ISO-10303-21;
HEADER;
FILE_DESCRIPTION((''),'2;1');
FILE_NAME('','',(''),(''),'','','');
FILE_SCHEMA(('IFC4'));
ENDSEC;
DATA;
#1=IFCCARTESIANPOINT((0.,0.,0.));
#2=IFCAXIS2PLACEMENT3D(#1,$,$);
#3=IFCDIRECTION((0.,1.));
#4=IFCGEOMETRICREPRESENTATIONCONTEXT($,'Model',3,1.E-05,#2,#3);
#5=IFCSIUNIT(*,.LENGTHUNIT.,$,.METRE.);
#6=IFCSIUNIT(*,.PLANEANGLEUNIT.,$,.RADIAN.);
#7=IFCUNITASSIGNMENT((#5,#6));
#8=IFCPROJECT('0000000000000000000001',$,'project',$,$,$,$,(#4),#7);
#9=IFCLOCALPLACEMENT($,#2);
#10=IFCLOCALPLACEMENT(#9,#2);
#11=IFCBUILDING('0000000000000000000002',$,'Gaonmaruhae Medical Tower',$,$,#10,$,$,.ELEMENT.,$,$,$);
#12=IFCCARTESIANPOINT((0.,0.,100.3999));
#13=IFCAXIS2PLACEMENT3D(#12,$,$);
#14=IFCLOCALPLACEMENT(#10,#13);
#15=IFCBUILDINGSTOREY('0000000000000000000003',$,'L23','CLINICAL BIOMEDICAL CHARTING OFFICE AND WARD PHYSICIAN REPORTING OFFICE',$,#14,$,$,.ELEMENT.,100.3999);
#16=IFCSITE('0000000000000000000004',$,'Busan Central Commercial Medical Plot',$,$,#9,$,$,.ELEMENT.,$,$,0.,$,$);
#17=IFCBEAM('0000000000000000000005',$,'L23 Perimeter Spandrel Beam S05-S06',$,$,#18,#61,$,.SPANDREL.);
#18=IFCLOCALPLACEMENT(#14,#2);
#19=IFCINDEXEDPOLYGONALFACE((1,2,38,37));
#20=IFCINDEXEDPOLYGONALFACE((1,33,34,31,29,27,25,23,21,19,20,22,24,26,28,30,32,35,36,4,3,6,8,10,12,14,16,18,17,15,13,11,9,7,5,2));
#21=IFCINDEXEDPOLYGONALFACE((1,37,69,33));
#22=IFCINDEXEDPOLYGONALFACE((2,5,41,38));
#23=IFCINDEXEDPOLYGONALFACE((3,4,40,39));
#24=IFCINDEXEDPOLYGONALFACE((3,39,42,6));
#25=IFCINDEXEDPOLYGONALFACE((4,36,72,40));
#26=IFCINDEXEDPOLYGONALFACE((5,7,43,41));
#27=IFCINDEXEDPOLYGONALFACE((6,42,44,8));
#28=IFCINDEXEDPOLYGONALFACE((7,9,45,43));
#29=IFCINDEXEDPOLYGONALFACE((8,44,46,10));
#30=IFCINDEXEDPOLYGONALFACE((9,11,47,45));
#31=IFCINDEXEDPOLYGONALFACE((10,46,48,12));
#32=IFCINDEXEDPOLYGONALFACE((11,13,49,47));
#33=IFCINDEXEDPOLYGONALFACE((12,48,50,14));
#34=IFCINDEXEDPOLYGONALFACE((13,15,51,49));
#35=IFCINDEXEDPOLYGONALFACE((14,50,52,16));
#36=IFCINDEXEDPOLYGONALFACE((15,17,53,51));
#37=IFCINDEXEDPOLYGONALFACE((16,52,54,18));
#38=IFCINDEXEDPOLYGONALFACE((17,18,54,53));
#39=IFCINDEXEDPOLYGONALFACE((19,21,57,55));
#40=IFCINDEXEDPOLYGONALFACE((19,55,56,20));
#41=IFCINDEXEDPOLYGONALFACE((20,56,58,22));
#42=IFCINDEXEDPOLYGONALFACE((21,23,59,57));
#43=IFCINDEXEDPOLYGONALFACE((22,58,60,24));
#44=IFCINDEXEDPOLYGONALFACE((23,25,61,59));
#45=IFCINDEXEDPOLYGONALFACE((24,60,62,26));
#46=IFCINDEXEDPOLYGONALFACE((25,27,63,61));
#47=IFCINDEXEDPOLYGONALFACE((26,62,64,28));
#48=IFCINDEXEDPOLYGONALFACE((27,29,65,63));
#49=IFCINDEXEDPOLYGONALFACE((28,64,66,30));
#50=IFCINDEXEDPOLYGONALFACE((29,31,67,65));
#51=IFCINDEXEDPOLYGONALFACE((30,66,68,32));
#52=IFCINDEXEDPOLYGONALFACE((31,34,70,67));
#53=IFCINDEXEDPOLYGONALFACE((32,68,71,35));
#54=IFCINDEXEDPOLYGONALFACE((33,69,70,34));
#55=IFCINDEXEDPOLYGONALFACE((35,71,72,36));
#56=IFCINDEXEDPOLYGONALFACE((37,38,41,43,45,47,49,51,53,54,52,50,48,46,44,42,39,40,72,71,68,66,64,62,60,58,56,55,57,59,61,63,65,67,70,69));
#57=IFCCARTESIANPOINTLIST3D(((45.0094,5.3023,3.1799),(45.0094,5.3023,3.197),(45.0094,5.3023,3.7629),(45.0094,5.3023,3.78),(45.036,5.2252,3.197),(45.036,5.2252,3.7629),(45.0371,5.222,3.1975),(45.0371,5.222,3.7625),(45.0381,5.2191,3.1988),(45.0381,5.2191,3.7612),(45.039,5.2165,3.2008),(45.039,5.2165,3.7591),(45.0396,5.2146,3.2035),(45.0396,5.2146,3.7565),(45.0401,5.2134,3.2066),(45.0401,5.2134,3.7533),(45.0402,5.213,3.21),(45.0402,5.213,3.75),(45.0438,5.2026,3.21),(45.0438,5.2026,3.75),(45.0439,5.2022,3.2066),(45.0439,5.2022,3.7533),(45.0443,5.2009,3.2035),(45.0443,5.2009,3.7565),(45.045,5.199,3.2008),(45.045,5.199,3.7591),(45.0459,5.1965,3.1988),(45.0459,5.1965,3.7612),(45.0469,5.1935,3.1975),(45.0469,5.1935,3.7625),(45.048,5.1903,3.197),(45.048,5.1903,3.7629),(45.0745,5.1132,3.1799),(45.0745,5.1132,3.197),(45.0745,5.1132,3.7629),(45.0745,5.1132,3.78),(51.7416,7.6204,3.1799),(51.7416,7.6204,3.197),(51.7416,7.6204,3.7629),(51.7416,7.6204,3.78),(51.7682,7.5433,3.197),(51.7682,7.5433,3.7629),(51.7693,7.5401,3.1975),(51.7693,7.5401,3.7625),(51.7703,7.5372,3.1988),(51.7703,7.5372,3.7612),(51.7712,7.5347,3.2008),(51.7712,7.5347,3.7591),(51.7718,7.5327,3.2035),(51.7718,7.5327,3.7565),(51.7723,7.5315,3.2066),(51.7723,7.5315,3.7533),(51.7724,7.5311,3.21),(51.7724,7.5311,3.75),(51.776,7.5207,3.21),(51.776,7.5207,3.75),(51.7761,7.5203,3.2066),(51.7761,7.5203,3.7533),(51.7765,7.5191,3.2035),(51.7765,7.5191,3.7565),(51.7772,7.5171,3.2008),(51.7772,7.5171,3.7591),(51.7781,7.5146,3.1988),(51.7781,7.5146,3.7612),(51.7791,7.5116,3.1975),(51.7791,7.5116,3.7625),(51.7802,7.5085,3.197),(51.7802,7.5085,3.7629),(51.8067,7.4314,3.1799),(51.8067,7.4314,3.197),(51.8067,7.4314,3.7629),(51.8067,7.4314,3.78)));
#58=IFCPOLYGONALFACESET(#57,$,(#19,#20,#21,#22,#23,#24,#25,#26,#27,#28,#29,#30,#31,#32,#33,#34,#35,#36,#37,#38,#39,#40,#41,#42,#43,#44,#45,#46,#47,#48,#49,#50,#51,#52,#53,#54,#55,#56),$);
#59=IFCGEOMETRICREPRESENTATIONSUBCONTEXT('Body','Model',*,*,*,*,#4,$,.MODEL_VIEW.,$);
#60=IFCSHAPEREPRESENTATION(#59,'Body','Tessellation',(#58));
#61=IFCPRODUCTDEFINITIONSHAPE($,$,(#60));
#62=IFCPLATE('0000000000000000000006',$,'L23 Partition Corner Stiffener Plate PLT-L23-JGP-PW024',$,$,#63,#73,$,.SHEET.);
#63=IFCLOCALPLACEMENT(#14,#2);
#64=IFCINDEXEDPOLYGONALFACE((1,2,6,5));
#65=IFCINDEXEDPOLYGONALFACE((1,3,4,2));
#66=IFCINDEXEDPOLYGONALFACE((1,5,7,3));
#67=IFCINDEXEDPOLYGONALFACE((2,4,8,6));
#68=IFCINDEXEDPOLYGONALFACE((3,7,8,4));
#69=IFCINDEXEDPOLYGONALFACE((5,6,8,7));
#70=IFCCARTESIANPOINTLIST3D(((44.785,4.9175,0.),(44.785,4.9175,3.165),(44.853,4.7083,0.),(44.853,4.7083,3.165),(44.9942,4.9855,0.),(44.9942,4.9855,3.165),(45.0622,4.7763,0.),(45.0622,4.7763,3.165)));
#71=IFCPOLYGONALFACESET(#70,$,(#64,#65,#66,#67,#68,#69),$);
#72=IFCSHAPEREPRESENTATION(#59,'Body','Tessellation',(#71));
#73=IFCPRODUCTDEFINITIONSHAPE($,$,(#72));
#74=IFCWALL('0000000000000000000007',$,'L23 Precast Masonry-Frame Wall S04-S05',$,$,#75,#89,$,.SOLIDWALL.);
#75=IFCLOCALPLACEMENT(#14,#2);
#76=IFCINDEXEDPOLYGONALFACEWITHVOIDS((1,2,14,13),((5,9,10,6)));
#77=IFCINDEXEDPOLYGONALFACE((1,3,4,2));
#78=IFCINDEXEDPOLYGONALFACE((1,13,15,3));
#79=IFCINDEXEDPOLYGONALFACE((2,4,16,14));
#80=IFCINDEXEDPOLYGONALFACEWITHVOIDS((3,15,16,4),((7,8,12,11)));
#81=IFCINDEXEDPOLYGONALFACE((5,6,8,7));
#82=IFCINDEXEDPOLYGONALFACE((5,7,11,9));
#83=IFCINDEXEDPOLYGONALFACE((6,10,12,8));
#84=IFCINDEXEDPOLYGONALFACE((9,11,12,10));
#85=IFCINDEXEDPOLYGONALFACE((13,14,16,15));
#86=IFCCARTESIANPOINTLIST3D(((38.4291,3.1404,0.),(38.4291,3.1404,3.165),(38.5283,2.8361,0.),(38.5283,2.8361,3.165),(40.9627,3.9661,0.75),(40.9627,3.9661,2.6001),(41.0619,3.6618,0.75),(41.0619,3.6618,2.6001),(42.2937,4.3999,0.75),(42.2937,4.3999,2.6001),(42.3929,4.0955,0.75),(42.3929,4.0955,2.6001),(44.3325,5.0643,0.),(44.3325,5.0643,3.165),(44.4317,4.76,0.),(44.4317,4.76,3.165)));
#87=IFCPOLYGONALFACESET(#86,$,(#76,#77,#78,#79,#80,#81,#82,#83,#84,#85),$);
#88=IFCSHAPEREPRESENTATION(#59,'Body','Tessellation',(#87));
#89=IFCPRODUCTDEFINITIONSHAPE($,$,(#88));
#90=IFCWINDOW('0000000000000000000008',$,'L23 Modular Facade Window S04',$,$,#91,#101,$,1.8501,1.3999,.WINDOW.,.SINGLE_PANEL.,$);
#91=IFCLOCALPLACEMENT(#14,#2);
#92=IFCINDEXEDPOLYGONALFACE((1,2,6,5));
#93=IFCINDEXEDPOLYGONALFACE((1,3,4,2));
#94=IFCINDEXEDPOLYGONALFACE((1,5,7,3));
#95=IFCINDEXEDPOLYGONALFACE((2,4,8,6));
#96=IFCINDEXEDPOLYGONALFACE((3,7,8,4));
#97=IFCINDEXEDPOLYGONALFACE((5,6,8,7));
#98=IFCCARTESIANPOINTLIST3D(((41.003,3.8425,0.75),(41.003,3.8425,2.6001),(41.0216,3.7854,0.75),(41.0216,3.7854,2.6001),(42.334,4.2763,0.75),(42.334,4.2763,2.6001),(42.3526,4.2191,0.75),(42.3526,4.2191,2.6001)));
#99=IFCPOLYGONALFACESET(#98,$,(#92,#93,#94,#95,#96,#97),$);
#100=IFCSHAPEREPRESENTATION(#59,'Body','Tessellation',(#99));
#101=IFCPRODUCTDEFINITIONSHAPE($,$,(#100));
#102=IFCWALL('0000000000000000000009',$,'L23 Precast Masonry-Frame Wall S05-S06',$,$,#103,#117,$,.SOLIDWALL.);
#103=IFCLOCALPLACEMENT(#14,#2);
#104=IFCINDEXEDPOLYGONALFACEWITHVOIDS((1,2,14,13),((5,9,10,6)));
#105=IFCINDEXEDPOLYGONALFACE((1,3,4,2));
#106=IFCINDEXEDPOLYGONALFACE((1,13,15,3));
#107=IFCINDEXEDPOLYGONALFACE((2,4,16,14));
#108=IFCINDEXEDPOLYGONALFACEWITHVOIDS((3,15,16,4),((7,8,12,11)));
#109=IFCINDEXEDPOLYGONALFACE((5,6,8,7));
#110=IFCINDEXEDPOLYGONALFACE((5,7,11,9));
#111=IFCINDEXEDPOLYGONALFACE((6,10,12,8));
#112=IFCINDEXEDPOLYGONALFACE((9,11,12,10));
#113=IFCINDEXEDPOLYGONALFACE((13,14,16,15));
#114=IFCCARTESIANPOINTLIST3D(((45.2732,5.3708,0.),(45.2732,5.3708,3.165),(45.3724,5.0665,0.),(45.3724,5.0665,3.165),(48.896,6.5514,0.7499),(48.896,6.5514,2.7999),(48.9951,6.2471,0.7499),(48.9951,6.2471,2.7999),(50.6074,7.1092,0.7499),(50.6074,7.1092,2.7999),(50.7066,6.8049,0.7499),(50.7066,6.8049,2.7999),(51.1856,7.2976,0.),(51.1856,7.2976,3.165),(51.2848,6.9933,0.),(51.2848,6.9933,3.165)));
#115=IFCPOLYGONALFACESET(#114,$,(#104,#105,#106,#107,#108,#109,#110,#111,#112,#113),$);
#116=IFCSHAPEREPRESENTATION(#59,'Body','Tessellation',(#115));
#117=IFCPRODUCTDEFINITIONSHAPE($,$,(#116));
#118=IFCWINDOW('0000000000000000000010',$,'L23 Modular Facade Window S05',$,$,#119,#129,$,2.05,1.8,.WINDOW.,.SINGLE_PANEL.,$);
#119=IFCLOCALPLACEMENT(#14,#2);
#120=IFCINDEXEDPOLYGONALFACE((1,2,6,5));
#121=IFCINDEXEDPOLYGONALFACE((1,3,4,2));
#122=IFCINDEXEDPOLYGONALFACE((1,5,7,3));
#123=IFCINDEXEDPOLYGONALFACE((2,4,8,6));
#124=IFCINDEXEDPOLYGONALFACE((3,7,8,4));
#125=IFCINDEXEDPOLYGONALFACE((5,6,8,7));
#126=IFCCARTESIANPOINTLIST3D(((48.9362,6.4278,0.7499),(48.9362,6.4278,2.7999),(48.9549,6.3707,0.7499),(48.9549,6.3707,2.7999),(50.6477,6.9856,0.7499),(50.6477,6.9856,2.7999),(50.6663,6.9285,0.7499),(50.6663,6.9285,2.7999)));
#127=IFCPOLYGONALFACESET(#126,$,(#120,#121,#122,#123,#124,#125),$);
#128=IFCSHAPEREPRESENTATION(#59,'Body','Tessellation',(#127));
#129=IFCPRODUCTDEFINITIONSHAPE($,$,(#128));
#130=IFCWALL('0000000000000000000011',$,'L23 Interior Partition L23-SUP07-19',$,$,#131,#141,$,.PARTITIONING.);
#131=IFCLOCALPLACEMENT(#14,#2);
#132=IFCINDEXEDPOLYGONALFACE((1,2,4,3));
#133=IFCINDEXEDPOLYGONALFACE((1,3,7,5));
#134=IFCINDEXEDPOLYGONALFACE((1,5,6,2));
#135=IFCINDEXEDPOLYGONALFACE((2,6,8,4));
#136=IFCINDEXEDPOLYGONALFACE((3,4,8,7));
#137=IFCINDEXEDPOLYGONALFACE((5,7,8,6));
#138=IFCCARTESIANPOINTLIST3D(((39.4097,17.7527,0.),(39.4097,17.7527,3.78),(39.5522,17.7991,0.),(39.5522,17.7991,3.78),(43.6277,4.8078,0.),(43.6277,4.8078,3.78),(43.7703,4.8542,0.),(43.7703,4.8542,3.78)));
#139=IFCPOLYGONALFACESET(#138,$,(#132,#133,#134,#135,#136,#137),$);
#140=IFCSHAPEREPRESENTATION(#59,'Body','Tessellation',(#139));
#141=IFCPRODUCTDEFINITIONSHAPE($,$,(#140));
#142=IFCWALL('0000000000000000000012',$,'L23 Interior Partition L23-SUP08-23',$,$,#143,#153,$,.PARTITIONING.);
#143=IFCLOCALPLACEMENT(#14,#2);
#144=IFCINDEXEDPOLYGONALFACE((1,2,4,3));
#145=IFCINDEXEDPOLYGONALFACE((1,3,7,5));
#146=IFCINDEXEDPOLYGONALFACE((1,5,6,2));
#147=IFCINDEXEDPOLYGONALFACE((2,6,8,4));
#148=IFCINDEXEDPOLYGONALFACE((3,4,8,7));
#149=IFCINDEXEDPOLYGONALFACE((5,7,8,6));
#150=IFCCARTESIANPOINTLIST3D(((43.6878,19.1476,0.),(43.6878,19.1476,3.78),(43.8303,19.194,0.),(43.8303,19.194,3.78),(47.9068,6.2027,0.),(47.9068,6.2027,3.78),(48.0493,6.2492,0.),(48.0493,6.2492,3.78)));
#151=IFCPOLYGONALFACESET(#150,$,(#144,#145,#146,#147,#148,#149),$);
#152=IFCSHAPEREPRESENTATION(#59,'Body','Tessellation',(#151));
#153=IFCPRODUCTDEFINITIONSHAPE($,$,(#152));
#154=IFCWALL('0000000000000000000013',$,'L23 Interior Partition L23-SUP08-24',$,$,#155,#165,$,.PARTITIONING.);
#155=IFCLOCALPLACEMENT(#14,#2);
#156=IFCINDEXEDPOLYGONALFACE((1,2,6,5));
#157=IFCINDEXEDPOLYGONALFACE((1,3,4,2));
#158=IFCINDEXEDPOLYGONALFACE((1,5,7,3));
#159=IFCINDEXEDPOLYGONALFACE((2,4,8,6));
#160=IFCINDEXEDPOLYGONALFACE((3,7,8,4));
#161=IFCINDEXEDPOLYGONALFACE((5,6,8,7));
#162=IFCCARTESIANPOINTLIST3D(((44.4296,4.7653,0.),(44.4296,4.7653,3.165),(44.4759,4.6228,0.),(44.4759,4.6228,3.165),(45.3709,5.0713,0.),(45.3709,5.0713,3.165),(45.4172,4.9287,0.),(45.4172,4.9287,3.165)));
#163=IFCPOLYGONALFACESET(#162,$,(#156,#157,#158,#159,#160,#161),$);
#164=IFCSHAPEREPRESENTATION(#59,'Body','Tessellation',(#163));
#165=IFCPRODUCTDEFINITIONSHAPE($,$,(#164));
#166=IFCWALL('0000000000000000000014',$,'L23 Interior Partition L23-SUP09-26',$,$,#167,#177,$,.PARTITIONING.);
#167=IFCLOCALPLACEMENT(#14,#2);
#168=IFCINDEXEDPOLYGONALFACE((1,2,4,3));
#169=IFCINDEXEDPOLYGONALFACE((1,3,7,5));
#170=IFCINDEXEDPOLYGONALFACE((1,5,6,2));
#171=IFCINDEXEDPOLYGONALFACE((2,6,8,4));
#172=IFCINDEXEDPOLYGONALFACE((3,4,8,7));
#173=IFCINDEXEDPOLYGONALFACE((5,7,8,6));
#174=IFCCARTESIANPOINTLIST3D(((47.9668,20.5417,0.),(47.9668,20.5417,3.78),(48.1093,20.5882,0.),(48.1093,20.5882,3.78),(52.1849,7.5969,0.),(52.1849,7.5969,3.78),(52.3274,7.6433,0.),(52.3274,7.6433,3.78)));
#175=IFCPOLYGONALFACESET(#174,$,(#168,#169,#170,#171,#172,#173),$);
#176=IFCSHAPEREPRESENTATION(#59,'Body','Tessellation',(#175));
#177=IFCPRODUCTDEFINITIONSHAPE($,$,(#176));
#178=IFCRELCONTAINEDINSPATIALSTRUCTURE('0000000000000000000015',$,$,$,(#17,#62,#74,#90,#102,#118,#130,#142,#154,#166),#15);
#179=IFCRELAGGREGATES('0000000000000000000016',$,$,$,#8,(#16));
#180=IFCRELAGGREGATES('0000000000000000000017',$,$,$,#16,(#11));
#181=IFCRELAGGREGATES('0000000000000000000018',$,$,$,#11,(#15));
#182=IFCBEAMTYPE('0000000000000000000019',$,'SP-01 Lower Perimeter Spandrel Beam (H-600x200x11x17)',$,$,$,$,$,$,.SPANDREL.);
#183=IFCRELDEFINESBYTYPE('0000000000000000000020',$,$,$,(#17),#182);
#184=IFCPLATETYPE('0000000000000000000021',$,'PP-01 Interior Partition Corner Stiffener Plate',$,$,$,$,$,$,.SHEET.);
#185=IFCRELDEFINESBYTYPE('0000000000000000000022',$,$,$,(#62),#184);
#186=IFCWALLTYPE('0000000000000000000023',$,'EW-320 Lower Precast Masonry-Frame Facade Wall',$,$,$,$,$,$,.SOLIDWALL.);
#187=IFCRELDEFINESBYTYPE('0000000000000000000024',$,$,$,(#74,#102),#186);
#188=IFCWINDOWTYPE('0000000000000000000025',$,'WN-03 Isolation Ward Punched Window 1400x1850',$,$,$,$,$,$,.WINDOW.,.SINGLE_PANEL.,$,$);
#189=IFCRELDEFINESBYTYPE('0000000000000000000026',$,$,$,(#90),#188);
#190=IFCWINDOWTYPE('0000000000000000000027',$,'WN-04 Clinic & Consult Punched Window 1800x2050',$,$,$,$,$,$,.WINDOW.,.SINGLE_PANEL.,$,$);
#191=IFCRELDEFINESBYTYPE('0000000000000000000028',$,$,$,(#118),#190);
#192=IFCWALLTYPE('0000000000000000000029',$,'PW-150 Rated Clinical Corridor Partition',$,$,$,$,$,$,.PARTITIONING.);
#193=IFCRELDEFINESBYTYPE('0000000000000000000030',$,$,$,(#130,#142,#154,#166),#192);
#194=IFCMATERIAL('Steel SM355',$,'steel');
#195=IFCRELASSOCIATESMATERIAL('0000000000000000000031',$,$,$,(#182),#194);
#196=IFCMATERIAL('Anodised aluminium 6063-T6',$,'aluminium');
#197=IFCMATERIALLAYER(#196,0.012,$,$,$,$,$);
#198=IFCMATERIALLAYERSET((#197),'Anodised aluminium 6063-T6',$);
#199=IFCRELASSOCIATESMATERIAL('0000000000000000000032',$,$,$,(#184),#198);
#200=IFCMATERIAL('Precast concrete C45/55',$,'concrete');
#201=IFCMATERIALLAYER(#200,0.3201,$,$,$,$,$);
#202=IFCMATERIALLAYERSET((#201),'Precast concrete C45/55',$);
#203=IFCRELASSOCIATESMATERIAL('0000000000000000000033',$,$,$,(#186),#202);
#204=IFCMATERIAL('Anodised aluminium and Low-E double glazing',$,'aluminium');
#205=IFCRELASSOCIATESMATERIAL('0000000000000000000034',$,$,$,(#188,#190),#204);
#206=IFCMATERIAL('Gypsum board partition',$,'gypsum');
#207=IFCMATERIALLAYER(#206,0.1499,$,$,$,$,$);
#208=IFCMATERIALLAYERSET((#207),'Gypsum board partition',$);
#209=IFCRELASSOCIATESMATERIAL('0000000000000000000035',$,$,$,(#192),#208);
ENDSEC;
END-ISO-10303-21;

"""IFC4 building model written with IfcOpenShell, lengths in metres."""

from ifc_helpers import new_model, si_unit, direction, frame, frame_2d, origin, origin_2d, place, context, subcontext, project, spatial, rectangle, i_section, extrude, material, layer, layer_set, material_profile, profile_set, type_object, element, fill, save


model = new_model("IFC4")

# Units and contexts
model_context = context("Model", 3, precision=1e-05, world=origin(), true_north=direction((0.0, 1.0)))
body_context = subcontext(model_context, "Body", "Model", "MODEL_VIEW")
ifc_project = project(units=[si_unit("LENGTHUNIT", "METRE"), si_unit("PLANEANGLEUNIT", "RADIAN")], contexts=[model_context])

# Site, building, storey
site_placement = place(None, origin())
site = spatial("IfcSite", under=ifc_project, at=site_placement, Name="Busan Central Commercial Medical Plot", CompositionType="ELEMENT", RefElevation=0.0)
building_placement = place(site_placement, origin())
building = spatial("IfcBuilding", under=site, at=building_placement, Name="Gaonmaruhae Medical Tower", CompositionType="ELEMENT")
storey_placement = place(building_placement, frame((0.0, 0.0, 100.3999)))
storey = spatial("IfcBuildingStorey", under=building, at=storey_placement, Name="L23", Description="CLINICAL BIOMEDICAL CHARTING OFFICE AND WARD PHYSICIAN REPORTING OFFICE", CompositionType="ELEMENT", Elevation=100.3999)

# Beam
ifc_material_1 = material(Name="Steel SM355", Category="steel")
ifc_material_profile_1 = material_profile(ifc_material_1, i_section(OverallWidth=0.2, OverallDepth=0.6001, WebThickness=0.011, FlangeThickness=0.0171, FilletRadius=0.0129, at=origin_2d()), Name="H-600x200x11x17")
ifc_profile_set_1 = profile_set([ifc_material_profile_1], Name="Steel SM355")
beam_type_1 = type_object("IfcBeamType", Name="SP-01 Lower Perimeter Spandrel Beam (H-600x200x11x17)", PredefinedType="SPANDREL", material=ifc_profile_set_1)
beam_1_placement = place(storey_placement, frame((45.042, 5.2078, 3.48), z_axis=(0.945517, 0.325573, 0.0), x_axis=(-0.325573, 0.945517, 0.0)))
element("IfcBeam", 1, at=beam_1_placement, inside=storey, type_object=beam_type_1, Name="L23 Perimeter Spandrel Beam S05-S06", PredefinedType="SPANDREL", context=body_context, shape_type="SweptSolid", body=[
    extrude(i_section(OverallWidth=0.2, OverallDepth=0.6001, WebThickness=0.011, FlangeThickness=0.0171, FilletRadius=0.0129, at=origin_2d()), origin(), (0.0, 0.0, 1.0), 7.1201),
])

# Plate
ifc_material_2 = material(Name="Anodised aluminium 6063-T6", Category="aluminium")
ifc_layer_1 = layer(ifc_material_2, 0.012)
ifc_layer_set_1 = layer_set([ifc_layer_1], Name="Anodised aluminium 6063-T6")
plate_type = type_object("IfcPlateType", Name="PP-01 Interior Partition Corner Stiffener Plate", PredefinedType="SHEET", material=ifc_layer_set_1)
plate_placement = place(storey_placement, frame((44.9236, 4.8469, 0.0), z_axis=(0.0, 0.0, 1.0), x_axis=(-0.950981, -0.309249, 0.0)))
element("IfcPlate", 2, at=plate_placement, inside=storey, type_object=plate_type, Name="L23 Partition Corner Stiffener Plate PLT-L23-JGP-PW024", PredefinedType="SHEET", context=body_context, shape_type="SweptSolid", body=[
    extrude(rectangle(XDim=0.22, YDim=0.22, at=origin_2d()), origin(), (0.0, 0.0, 1.0), 3.165),
])

# Walls, openings, windows
ifc_material_3 = material(Name="Precast concrete C45/55", Category="concrete")
ifc_layer_2 = layer(ifc_material_3, 0.3201)
ifc_layer_set_2 = layer_set([ifc_layer_2], Name="Precast concrete C45/55")
wall_type_1 = type_object("IfcWallType", Name="EW-320 Lower Precast Masonry-Frame Facade Wall", PredefinedType="SOLIDWALL", material=ifc_layer_set_2)
wall_1_placement = place(storey_placement, frame((44.3821, 4.9121, 0.0), z_axis=(0.0, 0.0, 1.0), x_axis=(-0.950785, -0.309851, 0.0)))
wall_1 = element("IfcWall", 3, at=wall_1_placement, inside=storey, type_object=wall_type_1, Name="L23 Precast Masonry-Frame Wall S04-S05", PredefinedType="SOLIDWALL", context=body_context, shape_type="SweptSolid", body=[
    extrude(rectangle(XDim=6.209, YDim=0.3201, at=frame_2d((3.1045, 0.0))), origin(), (0.0, 0.0, 1.0), 3.165),
])
opening_1_placement = place(wall_1_placement, frame((2.1443, 0.0, 0.75)))
opening_1 = element("IfcOpeningElement", 4, at=opening_1_placement, cuts=wall_1, PredefinedType="OPENING", context=body_context, shape_type="SweptSolid", body=[
    extrude(rectangle(XDim=1.3999, YDim=1.8501, at=frame_2d((0.7, 0.925))), frame((0.0, 0.1699, 0.0), z_axis=(0.0, -1.0, 0.0), x_axis=(1.0, 0.0, 0.0)), (0.0, 0.0, 1.0), 0.3401),
])
ifc_material_4 = material(Name="Anodised aluminium and Low-E double glazing", Category="aluminium")
window_type_1 = type_object("IfcWindowType", Name="WN-03 Isolation Ward Punched Window 1400x1850", PartitioningType="SINGLE_PANEL", PredefinedType="WINDOW", material=ifc_material_4)
window_1_placement = place(opening_1_placement, origin())
window_1 = element("IfcWindow", 5, at=window_1_placement, inside=storey, type_object=window_type_1, Name="L23 Modular Facade Window S04", OverallHeight=1.8501, OverallWidth=1.3999, PartitioningType="SINGLE_PANEL", PredefinedType="WINDOW", context=body_context, shape_type="SweptSolid", body=[
    extrude(rectangle(XDim=1.3999, YDim=1.8501, at=frame_2d((0.7, 0.925))), frame((0.0, 0.03, 0.0), z_axis=(0.0, -1.0, 0.0), x_axis=(1.0, 0.0, 0.0)), (0.0, 0.0, 1.0), 0.0601),
])
fill(opening_1, window_1)
wall_2_placement = place(storey_placement, frame((51.2354, 7.1455, 0.0), z_axis=(0.0, 0.0, 1.0), x_axis=(-0.950786, -0.309849, 0.0)))
wall_2 = element("IfcWall", 6, at=wall_2_placement, inside=storey, type_object=wall_type_1, Name="L23 Precast Masonry-Frame Wall S05-S06", PredefinedType="SOLIDWALL", context=body_context, shape_type="SweptSolid", body=[
    extrude(rectangle(XDim=6.2185, YDim=0.3201, at=frame_2d((3.1094, 0.0))), origin(), (0.0, 0.0, 1.0), 3.165),
])
opening_2_placement = place(wall_2_placement, frame((0.6084, 0.0, 0.75)))
opening_2 = element("IfcOpeningElement", 7, at=opening_2_placement, cuts=wall_2, PredefinedType="OPENING", context=body_context, shape_type="SweptSolid", body=[
    extrude(rectangle(XDim=1.8, YDim=2.05, at=frame_2d((0.8999, 1.0249))), frame((0.0, 0.1699, 0.0), z_axis=(0.0, -1.0, 0.0), x_axis=(1.0, 0.0, 0.0)), (0.0, 0.0, 1.0), 0.3401),
])
window_type_2 = type_object("IfcWindowType", Name="WN-04 Clinic & Consult Punched Window 1800x2050", PartitioningType="SINGLE_PANEL", PredefinedType="WINDOW", material=ifc_material_4)
window_2_placement = place(opening_2_placement, origin())
window_2 = element("IfcWindow", 8, at=window_2_placement, inside=storey, type_object=window_type_2, Name="L23 Modular Facade Window S05", OverallHeight=2.05, OverallWidth=1.8, PartitioningType="SINGLE_PANEL", PredefinedType="WINDOW", context=body_context, shape_type="SweptSolid", body=[
    extrude(rectangle(XDim=1.8, YDim=2.05, at=frame_2d((0.8999, 1.0249))), frame((0.0, 0.03, 0.0), z_axis=(0.0, -1.0, 0.0), x_axis=(1.0, 0.0, 0.0)), (0.0, 0.0, 1.0), 0.0601),
])
fill(opening_2, window_2)

# Wall
ifc_material_5 = material(Name="Gypsum board partition", Category="gypsum")
ifc_layer_3 = layer(ifc_material_5, 0.1499)
ifc_layer_set_3 = layer_set([ifc_layer_3], Name="Gypsum board partition")
wall_type_2 = type_object("IfcWallType", Name="PW-150 Rated Clinical Corridor Partition", PredefinedType="PARTITIONING", material=ifc_layer_set_3)
wall_3_placement = place(storey_placement, frame((39.481, 17.7759, 0.0), z_axis=(0.0, 0.0, 1.0), x_axis=(0.309813, -0.950797, 0.0)))
element("IfcWall", 9, at=wall_3_placement, inside=storey, type_object=wall_type_2, Name="L23 Interior Partition L23-SUP07-19", PredefinedType="PARTITIONING", context=body_context, shape_type="SweptSolid", body=[
    extrude(rectangle(XDim=13.6147, YDim=0.1499, at=frame_2d((6.8074, 0.0))), origin(), (0.0, 0.0, 1.0), 3.78),
])

# Walls
wall_4_placement = place(storey_placement, frame((43.759, 19.1709, 0.0), z_axis=(0.0, 0.0, 1.0), x_axis=(0.309878, -0.950776, 0.0)))
element("IfcWall", 10, at=wall_4_placement, inside=storey, type_object=wall_type_2, Name="L23 Interior Partition L23-SUP08-23", PredefinedType="PARTITIONING", context=body_context, shape_type="SweptSolid", body=[
    extrude(rectangle(XDim=13.615, YDim=0.1499, at=frame_2d((6.8076, 0.0))), origin(), (0.0, 0.0, 1.0), 3.78),
])
wall_5_placement = place(storey_placement, frame((45.394, 5.0, 0.0), z_axis=(0.0, 0.0, 1.0), x_axis=(-0.951025, -0.309114, 0.0)))
element("IfcWall", 11, at=wall_5_placement, inside=storey, type_object=wall_type_2, Name="L23 Interior Partition L23-SUP08-24", PredefinedType="PARTITIONING", context=body_context, shape_type="SweptSolid", body=[
    extrude(rectangle(XDim=0.9897, YDim=0.1499, at=frame_2d((0.4949, 0.0))), origin(), (0.0, 0.0, 1.0), 3.165),
])

# Wall
wall_6_placement = place(storey_placement, frame((48.0381, 20.5649, 0.0), z_axis=(0.0, 0.0, 1.0), x_axis=(0.309813, -0.950797, 0.0)))
element("IfcWall", 12, at=wall_6_placement, inside=storey, type_object=wall_type_2, Name="L23 Interior Partition L23-SUP09-26", PredefinedType="PARTITIONING", context=body_context, shape_type="SweptSolid", body=[
    extrude(rectangle(XDim=13.6147, YDim=0.1499, at=frame_2d((6.8074, 0.0))), origin(), (0.0, 0.0, 1.0), 3.78),
])

save(model, "model.ifc")
